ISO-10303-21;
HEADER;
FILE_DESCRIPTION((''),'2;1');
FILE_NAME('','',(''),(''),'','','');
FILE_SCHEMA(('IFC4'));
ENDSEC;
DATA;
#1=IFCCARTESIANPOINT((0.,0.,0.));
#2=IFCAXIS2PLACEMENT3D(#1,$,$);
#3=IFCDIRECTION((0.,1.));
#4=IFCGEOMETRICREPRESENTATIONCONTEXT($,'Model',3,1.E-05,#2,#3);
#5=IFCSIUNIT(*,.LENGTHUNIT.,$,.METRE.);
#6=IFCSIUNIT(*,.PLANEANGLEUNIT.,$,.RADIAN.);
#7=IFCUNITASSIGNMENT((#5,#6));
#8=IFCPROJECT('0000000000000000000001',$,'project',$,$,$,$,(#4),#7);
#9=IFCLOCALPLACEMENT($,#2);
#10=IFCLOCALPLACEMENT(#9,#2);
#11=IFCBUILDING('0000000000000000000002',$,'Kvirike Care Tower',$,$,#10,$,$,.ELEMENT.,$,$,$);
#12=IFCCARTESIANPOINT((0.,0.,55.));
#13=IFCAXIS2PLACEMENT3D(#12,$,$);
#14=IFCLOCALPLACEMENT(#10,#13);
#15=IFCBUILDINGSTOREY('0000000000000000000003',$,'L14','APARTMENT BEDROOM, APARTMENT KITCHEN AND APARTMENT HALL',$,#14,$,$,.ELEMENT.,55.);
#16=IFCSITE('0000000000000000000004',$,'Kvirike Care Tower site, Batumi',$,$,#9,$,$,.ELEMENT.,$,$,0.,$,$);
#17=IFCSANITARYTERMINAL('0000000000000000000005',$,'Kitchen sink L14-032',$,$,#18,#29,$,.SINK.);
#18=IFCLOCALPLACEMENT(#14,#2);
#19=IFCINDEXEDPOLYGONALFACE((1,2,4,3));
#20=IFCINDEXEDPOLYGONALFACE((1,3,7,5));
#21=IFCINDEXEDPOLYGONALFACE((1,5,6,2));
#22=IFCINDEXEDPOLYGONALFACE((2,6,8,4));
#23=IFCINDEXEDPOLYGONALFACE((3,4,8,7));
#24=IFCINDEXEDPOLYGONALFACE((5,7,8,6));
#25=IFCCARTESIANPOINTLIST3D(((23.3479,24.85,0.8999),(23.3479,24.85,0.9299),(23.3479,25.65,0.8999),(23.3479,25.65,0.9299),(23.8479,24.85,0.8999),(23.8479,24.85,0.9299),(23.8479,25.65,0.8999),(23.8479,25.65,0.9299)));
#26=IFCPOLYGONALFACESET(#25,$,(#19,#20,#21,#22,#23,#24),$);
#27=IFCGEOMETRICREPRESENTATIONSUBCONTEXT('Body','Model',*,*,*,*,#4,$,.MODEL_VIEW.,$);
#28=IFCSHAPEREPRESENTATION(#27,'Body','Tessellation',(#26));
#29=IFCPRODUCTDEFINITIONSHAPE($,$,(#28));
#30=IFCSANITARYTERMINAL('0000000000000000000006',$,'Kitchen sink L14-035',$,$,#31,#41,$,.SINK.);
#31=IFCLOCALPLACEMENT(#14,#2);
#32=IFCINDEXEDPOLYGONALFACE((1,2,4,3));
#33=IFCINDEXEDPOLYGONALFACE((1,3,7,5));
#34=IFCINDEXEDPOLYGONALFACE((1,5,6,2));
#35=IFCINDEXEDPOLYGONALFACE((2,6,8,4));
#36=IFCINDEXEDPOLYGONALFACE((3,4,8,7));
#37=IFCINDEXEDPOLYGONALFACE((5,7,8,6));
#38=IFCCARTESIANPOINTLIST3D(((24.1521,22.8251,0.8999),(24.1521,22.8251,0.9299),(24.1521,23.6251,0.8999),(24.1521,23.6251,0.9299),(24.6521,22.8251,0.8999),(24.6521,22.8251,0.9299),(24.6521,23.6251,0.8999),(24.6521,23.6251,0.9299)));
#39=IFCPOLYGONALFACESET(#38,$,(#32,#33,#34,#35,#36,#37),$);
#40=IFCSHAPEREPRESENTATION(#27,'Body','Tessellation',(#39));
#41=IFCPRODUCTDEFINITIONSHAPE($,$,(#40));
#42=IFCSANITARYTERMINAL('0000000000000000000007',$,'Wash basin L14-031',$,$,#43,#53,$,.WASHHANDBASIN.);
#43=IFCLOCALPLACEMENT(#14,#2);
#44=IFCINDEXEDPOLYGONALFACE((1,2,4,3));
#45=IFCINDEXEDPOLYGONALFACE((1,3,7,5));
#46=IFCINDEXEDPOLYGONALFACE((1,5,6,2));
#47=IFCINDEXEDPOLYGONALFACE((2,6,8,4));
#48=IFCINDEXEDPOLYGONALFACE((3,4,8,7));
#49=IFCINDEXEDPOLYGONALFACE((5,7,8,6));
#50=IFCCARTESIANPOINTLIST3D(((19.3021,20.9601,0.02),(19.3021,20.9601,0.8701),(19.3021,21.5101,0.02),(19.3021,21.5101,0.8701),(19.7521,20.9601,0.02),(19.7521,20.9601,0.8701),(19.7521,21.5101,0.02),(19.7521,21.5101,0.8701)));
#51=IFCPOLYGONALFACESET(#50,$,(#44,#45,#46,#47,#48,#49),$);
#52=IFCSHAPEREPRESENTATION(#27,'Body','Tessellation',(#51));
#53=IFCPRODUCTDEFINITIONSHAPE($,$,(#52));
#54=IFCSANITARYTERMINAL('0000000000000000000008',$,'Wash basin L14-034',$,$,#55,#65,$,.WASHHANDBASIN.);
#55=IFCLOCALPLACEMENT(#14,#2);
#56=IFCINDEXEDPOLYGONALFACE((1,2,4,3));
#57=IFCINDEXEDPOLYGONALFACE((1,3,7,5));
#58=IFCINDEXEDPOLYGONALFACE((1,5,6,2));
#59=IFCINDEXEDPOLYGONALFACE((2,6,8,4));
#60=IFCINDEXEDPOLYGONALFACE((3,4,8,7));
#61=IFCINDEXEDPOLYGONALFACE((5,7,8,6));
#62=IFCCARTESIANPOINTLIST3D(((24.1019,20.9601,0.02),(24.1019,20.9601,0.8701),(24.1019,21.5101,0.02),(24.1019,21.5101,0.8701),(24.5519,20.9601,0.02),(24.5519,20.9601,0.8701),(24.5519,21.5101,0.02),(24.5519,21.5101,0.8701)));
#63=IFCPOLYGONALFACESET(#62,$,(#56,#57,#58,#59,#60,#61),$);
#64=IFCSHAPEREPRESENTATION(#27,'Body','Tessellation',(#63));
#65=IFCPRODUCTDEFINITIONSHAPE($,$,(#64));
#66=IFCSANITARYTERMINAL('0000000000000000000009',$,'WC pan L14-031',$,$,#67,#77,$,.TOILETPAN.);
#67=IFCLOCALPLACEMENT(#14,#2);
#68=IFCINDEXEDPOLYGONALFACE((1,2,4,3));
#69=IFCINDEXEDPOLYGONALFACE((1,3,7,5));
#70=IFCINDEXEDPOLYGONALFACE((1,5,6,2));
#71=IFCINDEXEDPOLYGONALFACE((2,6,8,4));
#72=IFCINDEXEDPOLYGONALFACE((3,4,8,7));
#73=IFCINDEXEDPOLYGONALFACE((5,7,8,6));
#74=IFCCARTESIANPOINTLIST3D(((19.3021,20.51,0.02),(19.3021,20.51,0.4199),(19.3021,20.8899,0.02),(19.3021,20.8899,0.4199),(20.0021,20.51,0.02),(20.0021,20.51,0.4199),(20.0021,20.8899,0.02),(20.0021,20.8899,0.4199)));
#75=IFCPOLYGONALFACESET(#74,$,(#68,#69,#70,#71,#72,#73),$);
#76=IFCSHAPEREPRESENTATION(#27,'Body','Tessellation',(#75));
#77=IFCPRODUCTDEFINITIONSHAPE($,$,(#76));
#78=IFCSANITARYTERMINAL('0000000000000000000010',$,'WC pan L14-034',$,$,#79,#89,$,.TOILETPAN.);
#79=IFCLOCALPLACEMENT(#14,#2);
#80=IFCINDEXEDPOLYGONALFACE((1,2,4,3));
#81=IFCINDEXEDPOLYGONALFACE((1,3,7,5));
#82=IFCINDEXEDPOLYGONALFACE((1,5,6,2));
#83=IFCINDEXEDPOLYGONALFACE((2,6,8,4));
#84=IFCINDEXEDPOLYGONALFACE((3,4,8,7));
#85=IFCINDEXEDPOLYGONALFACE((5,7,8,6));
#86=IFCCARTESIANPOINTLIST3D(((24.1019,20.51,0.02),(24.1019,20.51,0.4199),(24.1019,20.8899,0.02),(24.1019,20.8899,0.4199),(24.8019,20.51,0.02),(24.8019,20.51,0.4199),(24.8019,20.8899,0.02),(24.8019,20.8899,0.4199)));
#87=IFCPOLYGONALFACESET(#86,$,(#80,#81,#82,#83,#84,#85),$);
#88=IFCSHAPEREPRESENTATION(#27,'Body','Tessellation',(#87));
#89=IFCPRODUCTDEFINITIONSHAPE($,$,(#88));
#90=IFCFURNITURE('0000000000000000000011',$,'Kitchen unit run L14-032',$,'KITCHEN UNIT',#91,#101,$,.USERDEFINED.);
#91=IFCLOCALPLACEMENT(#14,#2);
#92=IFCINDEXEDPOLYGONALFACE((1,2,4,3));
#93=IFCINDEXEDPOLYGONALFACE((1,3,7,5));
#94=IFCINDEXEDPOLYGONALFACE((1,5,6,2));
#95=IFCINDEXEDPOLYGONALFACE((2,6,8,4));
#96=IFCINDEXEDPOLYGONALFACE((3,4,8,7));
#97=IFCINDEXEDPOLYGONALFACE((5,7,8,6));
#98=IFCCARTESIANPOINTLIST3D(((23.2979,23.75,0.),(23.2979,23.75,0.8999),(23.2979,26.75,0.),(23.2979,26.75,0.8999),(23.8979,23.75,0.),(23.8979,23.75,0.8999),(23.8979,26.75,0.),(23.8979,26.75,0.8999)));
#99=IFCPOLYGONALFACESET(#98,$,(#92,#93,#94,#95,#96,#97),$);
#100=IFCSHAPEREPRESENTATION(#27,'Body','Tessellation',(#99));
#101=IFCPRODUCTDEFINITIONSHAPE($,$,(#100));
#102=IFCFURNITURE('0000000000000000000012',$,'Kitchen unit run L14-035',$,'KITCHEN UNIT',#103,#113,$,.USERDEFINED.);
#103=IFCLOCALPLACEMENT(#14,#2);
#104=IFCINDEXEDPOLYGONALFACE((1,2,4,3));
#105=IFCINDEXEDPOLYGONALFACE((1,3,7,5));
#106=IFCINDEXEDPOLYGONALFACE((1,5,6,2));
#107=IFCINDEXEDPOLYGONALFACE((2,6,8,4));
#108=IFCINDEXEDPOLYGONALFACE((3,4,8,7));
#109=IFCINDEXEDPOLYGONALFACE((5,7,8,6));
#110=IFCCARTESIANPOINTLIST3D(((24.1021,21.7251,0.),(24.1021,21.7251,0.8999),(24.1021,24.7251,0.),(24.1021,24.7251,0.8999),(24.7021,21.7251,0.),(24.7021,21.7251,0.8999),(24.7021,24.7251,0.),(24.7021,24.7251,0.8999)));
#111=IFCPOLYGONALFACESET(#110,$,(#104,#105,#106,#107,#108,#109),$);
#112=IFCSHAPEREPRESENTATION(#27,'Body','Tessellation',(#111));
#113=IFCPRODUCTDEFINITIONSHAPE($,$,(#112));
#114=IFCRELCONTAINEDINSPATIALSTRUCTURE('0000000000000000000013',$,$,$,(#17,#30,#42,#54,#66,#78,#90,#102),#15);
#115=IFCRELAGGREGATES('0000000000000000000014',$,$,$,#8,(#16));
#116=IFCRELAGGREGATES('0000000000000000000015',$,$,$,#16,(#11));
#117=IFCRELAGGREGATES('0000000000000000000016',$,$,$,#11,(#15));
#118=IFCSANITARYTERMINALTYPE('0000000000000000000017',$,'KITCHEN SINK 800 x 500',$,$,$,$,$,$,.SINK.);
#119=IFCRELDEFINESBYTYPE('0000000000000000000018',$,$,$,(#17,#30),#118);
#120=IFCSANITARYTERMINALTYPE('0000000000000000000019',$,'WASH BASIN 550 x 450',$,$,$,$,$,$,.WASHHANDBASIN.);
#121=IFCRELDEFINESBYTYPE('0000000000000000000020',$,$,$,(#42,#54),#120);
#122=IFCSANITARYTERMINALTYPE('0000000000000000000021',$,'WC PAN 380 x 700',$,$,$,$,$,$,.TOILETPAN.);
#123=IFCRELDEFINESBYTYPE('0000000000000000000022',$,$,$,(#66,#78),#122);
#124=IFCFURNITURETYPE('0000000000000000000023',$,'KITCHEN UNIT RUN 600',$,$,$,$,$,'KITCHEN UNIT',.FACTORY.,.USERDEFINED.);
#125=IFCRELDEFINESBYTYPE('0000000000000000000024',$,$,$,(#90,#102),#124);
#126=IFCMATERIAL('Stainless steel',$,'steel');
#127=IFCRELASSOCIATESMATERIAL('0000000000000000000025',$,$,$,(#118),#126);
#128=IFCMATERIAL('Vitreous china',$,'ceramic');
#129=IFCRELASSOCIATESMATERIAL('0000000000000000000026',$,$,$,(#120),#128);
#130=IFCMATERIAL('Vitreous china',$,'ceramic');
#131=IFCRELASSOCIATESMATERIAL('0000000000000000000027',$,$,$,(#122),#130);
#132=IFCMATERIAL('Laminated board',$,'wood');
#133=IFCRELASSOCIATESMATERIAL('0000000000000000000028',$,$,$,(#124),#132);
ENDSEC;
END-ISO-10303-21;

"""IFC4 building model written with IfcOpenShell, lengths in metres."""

from ifc_helpers import new_model, si_unit, direction, frame, origin, origin_2d, place, context, subcontext, project, spatial, rectangle, extrude, material, type_object, element, save


model = new_model("IFC4")

# Units and contexts
model_context = context("Model", 3, precision=1e-05, world=origin(), true_north=direction((0.0, 1.0)))
body_context = subcontext(model_context, "Body", "Model", "MODEL_VIEW")
ifc_project = project(units=[si_unit("LENGTHUNIT", "METRE"), si_unit("PLANEANGLEUNIT", "RADIAN")], contexts=[model_context])

# Site, building, storey
site_placement = place(None, origin())
site = spatial("IfcSite", under=ifc_project, at=site_placement, Name="Kvirike Care Tower site, Batumi", CompositionType="ELEMENT", RefElevation=0.0)
building_placement = place(site_placement, origin())
building = spatial("IfcBuilding", under=site, at=building_placement, Name="Kvirike Care Tower", CompositionType="ELEMENT")
storey_placement = place(building_placement, frame((0.0, 0.0, 55.0)))
storey = spatial("IfcBuildingStorey", under=building, at=storey_placement, Name="L14", Description="APARTMENT BEDROOM, APARTMENT KITCHEN AND APARTMENT HALL", CompositionType="ELEMENT", Elevation=55.0)

# Sanitary terminals
ifc_material_1 = material(Name="Stainless steel", Category="steel")
sanitary_terminal_type_1 = type_object("IfcSanitaryTerminalType", Name="KITCHEN SINK 800 x 500", PredefinedType="SINK", material=ifc_material_1)
for number, where, z_axis, x_axis, name in (
    (1, (23.5979, 25.25, 0.8999), (0.0, 0.0, 1.0), (0.0, -1.0, 0.0), "Kitchen sink L14-032"),
    (2, (24.4021, 23.2251, 0.8999), (0.0, 0.0, 1.0), (0.0, 1.0, 0.0), "Kitchen sink L14-035"),
):
    element("IfcSanitaryTerminal", number, at=place(storey_placement, frame(where, z_axis=z_axis, x_axis=x_axis)), inside=storey, type_object=sanitary_terminal_type_1, Name=name, PredefinedType="SINK", context=body_context, shape_type="SweptSolid", body=[
        extrude(rectangle(XDim=0.8, YDim=0.5, at=origin_2d()), origin(), (0.0, 0.0, 1.0), 0.03),
    ])
ifc_material_2 = material(Name="Vitreous china", Category="ceramic")
sanitary_terminal_type_2 = type_object("IfcSanitaryTerminalType", Name="WASH BASIN 550 x 450", PredefinedType="WASHHANDBASIN", material=ifc_material_2)
for number, where, z_axis, x_axis, name in (
    (3, (19.5271, 21.2351, 0.02), (0.0, 0.0, 1.0), (0.0, 1.0, 0.0), "Wash basin L14-031"),
    (4, (24.3269, 21.2351, 0.02), (0.0, 0.0, 1.0), (0.0, 1.0, 0.0), "Wash basin L14-034"),
):
    element("IfcSanitaryTerminal", number, at=place(storey_placement, frame(where, z_axis=z_axis, x_axis=x_axis)), inside=storey, type_object=sanitary_terminal_type_2, Name=name, PredefinedType="WASHHANDBASIN", context=body_context, shape_type="SweptSolid", body=[
        extrude(rectangle(XDim=0.55, YDim=0.45, at=origin_2d()), origin(), (0.0, 0.0, 1.0), 0.8501),
    ])
ifc_material_3 = material(Name="Vitreous china", Category="ceramic")
sanitary_terminal_type_3 = type_object("IfcSanitaryTerminalType", Name="WC PAN 380 x 700", PredefinedType="TOILETPAN", material=ifc_material_3)
for number, where, z_axis, x_axis, name in (
    (5, (19.6521, 20.7, 0.02), (0.0, 0.0, 1.0), (0.0, 1.0, 0.0), "WC pan L14-031"),
    (6, (24.4519, 20.7, 0.02), (0.0, 0.0, 1.0), (0.0, 1.0, 0.0), "WC pan L14-034"),
):
    element("IfcSanitaryTerminal", number, at=place(storey_placement, frame(where, z_axis=z_axis, x_axis=x_axis)), inside=storey, type_object=sanitary_terminal_type_3, Name=name, PredefinedType="TOILETPAN", context=body_context, shape_type="SweptSolid", body=[
        extrude(rectangle(XDim=0.3799, YDim=0.7, at=origin_2d()), origin(), (0.0, 0.0, 1.0), 0.3999),
    ])

# Furniture
ifc_material_4 = material(Name="Laminated board", Category="wood")
furniture_type = type_object("IfcFurnitureType", Name="KITCHEN UNIT RUN 600", ElementType="KITCHEN UNIT", AssemblyPlace="FACTORY", PredefinedType="USERDEFINED", material=ifc_material_4)
for number, where, z_axis, x_axis, name in (
    (7, (23.5979, 25.25, 0.0), (0.0, 0.0, 1.0), (0.0, -1.0, 0.0), "Kitchen unit run L14-032"),
    (8, (24.4021, 23.2251, 0.0), (0.0, 0.0, 1.0), (0.0, 1.0, 0.0), "Kitchen unit run L14-035"),
):
    element("IfcFurniture", number, at=place(storey_placement, frame(where, z_axis=z_axis, x_axis=x_axis)), inside=storey, type_object=furniture_type, Name=name, ObjectType="KITCHEN UNIT", PredefinedType="USERDEFINED", context=body_context, shape_type="SweptSolid", body=[
        extrude(rectangle(XDim=3.0, YDim=0.6001, at=origin_2d()), origin(), (0.0, 0.0, 1.0), 0.8999),
    ])

save(model, "model.ifc")
